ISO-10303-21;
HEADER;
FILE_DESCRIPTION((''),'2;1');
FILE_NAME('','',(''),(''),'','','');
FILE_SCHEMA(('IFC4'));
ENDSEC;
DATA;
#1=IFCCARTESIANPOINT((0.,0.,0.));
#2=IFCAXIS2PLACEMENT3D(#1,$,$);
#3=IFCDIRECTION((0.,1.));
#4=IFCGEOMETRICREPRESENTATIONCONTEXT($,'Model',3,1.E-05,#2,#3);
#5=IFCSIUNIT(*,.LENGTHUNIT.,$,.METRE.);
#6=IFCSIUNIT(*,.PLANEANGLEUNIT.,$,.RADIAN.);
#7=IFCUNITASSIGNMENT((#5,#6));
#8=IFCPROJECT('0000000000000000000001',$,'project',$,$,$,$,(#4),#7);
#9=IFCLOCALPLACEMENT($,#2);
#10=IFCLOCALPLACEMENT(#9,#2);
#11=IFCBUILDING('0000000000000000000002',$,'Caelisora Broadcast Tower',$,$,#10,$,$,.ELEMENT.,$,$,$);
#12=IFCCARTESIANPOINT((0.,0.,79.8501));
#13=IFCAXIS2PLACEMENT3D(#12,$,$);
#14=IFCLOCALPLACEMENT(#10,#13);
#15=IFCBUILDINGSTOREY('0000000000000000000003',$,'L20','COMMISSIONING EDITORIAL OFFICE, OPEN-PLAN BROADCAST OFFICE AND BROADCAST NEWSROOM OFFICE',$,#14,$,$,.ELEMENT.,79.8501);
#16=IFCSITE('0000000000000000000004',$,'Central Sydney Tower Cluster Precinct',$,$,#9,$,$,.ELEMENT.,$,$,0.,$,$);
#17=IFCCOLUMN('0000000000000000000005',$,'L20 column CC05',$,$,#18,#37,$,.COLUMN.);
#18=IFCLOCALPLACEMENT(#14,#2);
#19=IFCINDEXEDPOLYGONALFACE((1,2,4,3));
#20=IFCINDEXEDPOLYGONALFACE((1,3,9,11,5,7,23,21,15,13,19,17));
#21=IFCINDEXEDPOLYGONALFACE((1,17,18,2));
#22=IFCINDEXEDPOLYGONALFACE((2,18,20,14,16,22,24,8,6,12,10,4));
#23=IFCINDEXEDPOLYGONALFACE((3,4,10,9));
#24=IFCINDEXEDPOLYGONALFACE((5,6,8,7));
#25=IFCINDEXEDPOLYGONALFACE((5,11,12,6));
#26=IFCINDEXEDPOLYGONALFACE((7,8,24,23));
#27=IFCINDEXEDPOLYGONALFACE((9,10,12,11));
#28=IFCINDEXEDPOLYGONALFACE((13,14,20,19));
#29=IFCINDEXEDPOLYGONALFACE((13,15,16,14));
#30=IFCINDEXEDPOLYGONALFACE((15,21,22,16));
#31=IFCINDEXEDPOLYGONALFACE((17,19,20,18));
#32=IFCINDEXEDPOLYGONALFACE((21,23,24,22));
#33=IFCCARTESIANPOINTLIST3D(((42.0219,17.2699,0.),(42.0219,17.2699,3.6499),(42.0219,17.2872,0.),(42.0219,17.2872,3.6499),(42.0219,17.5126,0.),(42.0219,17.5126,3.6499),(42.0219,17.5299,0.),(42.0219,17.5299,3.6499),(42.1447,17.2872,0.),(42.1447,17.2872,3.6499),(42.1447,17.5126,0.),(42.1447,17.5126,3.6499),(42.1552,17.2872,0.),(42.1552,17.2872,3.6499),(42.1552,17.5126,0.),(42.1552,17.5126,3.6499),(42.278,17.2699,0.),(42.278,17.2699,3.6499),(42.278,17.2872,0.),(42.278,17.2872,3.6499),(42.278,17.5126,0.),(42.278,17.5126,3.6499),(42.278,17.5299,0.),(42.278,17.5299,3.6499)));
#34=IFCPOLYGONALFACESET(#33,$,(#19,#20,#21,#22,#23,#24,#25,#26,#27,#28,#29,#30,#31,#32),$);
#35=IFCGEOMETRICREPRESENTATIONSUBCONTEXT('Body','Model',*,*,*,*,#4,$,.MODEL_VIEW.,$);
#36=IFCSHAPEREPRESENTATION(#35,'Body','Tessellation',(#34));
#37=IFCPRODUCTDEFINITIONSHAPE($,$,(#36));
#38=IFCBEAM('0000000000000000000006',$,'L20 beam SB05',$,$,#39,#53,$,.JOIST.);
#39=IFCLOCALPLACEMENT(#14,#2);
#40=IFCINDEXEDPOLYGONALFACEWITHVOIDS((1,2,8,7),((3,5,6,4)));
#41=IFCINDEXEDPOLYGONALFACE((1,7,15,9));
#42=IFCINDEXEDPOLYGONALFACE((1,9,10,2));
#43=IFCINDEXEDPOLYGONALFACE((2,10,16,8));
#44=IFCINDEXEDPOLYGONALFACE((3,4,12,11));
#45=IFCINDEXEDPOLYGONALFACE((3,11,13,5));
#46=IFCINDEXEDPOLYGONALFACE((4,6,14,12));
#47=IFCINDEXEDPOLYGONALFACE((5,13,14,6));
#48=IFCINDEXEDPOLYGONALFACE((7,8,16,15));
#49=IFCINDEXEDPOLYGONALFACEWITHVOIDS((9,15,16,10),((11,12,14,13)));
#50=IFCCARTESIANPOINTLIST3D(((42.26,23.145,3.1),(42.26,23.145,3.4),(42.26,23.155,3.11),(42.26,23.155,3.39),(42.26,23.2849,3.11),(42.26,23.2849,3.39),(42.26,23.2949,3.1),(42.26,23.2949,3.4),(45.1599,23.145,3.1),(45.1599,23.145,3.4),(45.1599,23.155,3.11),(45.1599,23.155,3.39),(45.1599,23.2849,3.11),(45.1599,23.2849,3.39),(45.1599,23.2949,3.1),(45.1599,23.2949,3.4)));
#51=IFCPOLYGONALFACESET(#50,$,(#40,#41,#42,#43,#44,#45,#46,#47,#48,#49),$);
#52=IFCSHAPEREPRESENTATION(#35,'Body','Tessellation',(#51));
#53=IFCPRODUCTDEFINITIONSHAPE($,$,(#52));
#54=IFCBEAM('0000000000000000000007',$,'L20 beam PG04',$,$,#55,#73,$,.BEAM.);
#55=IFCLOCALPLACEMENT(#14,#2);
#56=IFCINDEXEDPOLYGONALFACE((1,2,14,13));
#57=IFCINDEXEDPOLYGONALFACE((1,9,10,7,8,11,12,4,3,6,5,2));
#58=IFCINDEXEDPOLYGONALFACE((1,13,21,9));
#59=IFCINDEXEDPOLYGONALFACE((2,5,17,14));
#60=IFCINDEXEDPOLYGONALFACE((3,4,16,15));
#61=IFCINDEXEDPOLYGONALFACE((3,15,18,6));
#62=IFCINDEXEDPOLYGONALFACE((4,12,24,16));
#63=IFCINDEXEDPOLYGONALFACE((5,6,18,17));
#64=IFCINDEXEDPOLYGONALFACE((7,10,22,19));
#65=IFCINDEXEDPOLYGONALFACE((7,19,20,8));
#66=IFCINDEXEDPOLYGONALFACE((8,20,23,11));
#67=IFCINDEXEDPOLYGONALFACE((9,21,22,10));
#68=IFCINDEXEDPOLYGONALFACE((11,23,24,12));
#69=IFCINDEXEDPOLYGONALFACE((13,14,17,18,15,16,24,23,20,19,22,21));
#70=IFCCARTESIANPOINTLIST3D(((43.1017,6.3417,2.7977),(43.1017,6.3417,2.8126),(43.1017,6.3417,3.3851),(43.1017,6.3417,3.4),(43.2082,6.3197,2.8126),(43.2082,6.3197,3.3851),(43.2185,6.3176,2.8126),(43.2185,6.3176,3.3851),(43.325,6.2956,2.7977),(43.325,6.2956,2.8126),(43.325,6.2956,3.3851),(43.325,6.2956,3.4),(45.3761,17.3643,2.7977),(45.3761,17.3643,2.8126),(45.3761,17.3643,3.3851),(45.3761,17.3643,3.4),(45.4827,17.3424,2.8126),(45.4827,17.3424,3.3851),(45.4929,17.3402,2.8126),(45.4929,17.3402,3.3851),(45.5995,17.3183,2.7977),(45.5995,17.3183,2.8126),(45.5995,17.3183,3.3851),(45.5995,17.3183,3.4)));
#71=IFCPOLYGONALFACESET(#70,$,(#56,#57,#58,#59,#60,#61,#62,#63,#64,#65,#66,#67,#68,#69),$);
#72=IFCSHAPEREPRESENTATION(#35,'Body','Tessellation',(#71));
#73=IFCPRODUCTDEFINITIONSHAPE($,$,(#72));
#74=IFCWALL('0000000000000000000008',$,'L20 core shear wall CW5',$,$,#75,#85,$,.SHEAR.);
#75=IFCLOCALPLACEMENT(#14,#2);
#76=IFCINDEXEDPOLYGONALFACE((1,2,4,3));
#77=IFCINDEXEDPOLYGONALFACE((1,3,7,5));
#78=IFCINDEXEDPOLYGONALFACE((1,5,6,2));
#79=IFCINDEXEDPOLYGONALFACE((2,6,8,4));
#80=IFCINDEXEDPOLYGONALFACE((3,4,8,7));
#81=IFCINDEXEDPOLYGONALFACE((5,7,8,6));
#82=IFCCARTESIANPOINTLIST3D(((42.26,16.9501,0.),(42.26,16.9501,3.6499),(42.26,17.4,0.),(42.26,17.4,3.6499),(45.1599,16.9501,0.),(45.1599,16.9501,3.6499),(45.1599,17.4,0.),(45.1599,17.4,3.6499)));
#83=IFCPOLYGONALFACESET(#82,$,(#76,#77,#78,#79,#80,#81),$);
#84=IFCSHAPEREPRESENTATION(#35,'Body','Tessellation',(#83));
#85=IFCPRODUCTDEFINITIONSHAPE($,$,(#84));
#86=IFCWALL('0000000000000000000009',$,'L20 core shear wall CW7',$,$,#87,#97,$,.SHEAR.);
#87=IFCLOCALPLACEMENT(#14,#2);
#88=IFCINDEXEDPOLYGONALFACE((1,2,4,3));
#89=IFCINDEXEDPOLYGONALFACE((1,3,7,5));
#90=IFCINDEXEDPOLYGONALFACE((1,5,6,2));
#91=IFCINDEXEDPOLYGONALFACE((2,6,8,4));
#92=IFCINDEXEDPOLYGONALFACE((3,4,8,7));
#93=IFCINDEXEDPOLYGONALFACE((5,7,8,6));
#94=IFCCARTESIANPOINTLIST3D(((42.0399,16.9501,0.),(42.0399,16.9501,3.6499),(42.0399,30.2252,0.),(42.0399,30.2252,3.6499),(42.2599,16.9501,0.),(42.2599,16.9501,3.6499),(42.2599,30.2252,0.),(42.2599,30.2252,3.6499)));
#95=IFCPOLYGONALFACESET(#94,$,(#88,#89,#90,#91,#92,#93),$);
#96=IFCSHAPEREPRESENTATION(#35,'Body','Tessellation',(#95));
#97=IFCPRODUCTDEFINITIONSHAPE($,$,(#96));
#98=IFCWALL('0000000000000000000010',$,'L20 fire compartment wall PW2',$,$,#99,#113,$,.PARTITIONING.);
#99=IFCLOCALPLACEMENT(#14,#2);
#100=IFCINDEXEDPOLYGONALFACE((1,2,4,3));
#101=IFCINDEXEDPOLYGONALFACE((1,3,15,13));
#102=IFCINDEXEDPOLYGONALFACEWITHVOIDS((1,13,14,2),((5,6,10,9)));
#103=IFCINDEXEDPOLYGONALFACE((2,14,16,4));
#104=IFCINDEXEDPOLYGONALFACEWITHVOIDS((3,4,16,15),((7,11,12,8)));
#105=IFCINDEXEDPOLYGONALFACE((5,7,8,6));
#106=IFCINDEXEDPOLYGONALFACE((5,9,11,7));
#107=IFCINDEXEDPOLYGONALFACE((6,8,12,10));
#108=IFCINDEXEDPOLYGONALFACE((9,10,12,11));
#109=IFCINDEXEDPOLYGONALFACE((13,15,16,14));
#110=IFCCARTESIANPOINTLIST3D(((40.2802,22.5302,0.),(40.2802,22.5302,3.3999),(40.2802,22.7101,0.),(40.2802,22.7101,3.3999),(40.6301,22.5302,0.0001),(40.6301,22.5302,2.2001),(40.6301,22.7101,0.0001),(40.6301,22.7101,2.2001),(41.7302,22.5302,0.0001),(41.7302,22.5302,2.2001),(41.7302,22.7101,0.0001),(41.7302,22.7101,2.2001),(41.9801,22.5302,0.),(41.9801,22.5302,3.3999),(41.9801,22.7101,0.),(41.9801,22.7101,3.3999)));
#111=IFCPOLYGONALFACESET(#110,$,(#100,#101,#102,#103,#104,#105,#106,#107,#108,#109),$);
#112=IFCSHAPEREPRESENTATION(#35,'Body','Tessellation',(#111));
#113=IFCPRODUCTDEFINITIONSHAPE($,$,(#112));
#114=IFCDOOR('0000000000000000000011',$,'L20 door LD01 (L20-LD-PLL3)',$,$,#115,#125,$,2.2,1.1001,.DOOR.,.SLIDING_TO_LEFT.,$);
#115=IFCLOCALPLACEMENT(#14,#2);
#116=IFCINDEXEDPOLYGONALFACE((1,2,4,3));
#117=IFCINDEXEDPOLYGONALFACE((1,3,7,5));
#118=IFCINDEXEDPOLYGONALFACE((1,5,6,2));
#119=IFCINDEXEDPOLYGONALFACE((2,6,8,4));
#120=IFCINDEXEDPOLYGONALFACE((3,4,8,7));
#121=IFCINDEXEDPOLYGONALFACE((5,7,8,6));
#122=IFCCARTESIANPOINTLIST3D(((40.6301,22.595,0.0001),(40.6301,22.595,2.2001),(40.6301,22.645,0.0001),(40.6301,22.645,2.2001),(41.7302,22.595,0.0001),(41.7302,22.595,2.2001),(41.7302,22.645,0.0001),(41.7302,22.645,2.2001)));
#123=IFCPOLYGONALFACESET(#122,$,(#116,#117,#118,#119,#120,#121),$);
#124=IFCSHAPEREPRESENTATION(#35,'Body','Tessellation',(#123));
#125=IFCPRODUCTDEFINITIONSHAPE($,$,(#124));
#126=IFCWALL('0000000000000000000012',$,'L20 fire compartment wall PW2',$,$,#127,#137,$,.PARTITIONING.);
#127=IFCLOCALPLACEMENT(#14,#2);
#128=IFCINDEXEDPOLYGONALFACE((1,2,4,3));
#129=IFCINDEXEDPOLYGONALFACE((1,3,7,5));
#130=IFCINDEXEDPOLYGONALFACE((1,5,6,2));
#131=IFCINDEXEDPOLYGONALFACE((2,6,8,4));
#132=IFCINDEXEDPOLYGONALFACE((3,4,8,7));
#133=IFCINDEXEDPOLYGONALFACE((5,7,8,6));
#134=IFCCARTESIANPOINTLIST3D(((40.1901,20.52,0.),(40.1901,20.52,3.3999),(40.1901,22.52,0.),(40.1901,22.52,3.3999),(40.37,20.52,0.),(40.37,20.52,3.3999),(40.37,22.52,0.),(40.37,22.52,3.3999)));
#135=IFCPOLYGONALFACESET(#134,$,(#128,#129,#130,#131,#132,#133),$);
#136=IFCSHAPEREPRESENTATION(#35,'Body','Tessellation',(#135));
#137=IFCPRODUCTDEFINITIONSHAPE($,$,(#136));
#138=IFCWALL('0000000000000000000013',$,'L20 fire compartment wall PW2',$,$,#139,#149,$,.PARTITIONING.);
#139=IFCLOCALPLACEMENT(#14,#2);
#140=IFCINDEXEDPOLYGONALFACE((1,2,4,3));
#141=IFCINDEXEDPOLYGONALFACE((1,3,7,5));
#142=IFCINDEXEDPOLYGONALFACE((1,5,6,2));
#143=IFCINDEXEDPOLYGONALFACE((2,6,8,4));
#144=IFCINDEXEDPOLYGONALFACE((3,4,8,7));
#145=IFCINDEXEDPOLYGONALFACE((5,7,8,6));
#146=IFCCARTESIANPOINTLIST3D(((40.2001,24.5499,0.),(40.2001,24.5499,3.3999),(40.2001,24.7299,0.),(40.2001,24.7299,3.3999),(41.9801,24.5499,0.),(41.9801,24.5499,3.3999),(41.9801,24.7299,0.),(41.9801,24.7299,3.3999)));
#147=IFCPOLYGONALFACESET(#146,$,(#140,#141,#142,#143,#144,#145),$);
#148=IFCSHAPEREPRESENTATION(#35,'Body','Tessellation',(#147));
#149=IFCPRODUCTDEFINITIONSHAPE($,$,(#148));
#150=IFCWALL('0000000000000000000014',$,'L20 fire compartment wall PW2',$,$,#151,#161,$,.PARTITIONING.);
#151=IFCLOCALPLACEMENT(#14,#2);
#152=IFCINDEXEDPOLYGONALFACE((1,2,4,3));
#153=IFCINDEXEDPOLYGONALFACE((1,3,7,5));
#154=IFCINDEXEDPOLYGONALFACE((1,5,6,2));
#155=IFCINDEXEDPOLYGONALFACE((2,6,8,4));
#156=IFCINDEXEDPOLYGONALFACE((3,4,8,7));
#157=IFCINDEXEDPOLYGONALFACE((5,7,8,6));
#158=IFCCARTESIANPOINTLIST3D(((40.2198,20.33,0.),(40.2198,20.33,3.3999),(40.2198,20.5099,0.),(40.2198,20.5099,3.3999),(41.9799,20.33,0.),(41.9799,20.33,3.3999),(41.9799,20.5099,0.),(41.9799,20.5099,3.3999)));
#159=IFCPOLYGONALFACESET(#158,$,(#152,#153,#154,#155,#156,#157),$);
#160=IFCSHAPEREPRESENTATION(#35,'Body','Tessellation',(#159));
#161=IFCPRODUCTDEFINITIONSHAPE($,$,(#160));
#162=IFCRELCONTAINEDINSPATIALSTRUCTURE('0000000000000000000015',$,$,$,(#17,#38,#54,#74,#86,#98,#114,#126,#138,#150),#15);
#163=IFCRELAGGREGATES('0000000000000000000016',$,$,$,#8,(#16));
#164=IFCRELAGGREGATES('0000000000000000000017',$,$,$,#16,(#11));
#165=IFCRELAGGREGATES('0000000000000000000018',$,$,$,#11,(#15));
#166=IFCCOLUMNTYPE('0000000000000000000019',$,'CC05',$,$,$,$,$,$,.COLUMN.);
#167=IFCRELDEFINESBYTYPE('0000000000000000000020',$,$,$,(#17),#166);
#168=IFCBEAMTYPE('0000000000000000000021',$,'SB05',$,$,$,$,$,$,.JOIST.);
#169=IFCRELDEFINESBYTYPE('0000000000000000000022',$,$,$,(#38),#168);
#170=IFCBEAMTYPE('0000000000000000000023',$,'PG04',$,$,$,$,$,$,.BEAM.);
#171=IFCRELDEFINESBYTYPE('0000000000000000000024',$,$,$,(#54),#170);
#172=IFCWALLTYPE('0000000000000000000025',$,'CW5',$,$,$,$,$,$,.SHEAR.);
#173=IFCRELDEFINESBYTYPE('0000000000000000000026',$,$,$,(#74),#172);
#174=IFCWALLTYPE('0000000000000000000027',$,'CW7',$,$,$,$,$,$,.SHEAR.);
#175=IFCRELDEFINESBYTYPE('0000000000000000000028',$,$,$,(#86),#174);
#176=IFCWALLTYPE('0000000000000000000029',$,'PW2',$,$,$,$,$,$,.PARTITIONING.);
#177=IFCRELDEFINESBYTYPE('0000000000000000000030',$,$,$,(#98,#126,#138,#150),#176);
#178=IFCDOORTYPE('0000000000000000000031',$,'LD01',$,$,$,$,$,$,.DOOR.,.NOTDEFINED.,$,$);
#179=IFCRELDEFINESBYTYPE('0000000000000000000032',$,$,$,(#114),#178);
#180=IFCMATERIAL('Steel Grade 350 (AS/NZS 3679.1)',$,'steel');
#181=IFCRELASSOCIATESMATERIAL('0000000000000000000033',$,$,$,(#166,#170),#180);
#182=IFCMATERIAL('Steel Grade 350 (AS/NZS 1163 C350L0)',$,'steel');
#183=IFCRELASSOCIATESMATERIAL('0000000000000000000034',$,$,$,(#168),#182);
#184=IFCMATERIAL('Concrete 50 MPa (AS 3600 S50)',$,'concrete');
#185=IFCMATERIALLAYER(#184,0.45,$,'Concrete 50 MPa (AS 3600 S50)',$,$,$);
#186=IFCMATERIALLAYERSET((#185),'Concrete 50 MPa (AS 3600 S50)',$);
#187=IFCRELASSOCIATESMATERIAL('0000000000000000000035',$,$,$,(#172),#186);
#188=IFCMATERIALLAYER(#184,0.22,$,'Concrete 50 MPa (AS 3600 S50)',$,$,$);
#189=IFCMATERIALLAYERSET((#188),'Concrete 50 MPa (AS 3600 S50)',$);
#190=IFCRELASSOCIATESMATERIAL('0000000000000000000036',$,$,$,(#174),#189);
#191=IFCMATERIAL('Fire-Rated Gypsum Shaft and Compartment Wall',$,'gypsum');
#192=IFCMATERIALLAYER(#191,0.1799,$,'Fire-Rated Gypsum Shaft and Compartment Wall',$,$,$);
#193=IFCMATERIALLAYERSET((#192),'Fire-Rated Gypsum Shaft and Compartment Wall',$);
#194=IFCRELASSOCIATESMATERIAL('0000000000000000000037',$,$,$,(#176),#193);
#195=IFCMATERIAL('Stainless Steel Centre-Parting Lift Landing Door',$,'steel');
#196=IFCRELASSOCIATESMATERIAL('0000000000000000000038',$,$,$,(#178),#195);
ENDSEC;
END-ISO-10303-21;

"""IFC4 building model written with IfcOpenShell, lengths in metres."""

from ifc_helpers import new_model, si_unit, direction, frame, frame_2d, origin, origin_2d, place, context, subcontext, project, spatial, rectangle, hollow_rectangle, i_section, extrude, source, transform, mapped, material, layer, layer_set, material_profile, profile_set, type_object, type_shapes, element, fill, save


model = new_model("IFC4")

# Units and contexts
model_context = context("Model", 3, precision=1e-05, world=origin(), true_north=direction((0.0, 1.0)))
body_context = subcontext(model_context, "Body", "Model", "MODEL_VIEW")
ifc_project = project(units=[si_unit("LENGTHUNIT", "METRE"), si_unit("PLANEANGLEUNIT", "RADIAN")], contexts=[model_context])

# Site, building, storey
site_placement = place(None, origin())
site = spatial("IfcSite", under=ifc_project, at=site_placement, Name="Central Sydney Tower Cluster Precinct", CompositionType="ELEMENT", RefElevation=0.0)
building_placement = place(site_placement, origin())
building = spatial("IfcBuilding", under=site, at=building_placement, Name="Caelisora Broadcast Tower", CompositionType="ELEMENT")
storey_placement = place(building_placement, frame((0.0, 0.0, 79.8501)))
storey = spatial("IfcBuildingStorey", under=building, at=storey_placement, Name="L20", Description="COMMISSIONING EDITORIAL OFFICE, OPEN-PLAN BROADCAST OFFICE AND BROADCAST NEWSROOM OFFICE", CompositionType="ELEMENT", Elevation=79.8501)

# Column
ifc_material_1 = material(Name="Steel Grade 350 (AS/NZS 3679.1)", Category="steel")
ifc_material_profile_1 = material_profile(ifc_material_1, i_section(OverallWidth=0.2561, OverallDepth=0.26, WebThickness=0.0105, FlangeThickness=0.0173, at=origin_2d()), Name="Steel Grade 350 (AS/NZS 3679.1)")
ifc_profile_set_1 = profile_set([ifc_material_profile_1], Name="Steel Grade 350 (AS/NZS 3679.1)")
column_type = type_object("IfcColumnType", Name="CC05", PredefinedType="COLUMN", material=ifc_profile_set_1)
shared_shape_1 = source(origin(), body_context, "Body", "SweptSolid", [
    extrude(i_section(OverallWidth=0.2561, OverallDepth=0.26, WebThickness=0.0105, FlangeThickness=0.0173, at=origin_2d()), origin(), (0.0, 0.0, 1.0), 3.6499),
])
type_shapes(column_type, [shared_shape_1])
column_placement = place(storey_placement, frame((42.1499, 17.3999, 0.0), z_axis=(0.0, 0.0, 1.0), x_axis=(1.0, 0.0, 0.0)))
element("IfcColumn", 1, at=column_placement, inside=storey, type_object=column_type, Name="L20 column CC05", PredefinedType="COLUMN", context=body_context, shape_type="MappedRepresentation", body=[
    mapped(shared_shape_1, transform((0.0, 0.0, 0.0), scale=1.0)),
])

# Beams
ifc_material_2 = material(Name="Steel Grade 350 (AS/NZS 1163 C350L0)", Category="steel")
ifc_material_profile_2 = material_profile(ifc_material_2, hollow_rectangle(XDim=0.1499, YDim=0.3, WallThickness=0.01, at=origin_2d()), Name="Steel Grade 350 (AS/NZS 1163 C350L0)")
ifc_profile_set_2 = profile_set([ifc_material_profile_2], Name="Steel Grade 350 (AS/NZS 1163 C350L0)")
beam_type_1 = type_object("IfcBeamType", Name="SB05", PredefinedType="JOIST", material=ifc_profile_set_2)
shared_shape_2 = source(origin(), body_context, "Body", "SweptSolid", [
    extrude(hollow_rectangle(XDim=0.1499, YDim=0.3, WallThickness=0.01, at=origin_2d()), origin(), (0.0, 0.0, 1.0), 2.8999),
])
type_shapes(beam_type_1, [shared_shape_2])
beam_1_placement = place(storey_placement, frame((42.26, 23.22, 3.25), z_axis=(1.0, 0.0, 0.0), x_axis=(0.0, 1.0, 0.0)))
element("IfcBeam", 2, at=beam_1_placement, inside=storey, type_object=beam_type_1, Name="L20 beam SB05", PredefinedType="JOIST", context=body_context, shape_type="MappedRepresentation", body=[
    mapped(shared_shape_2, transform((0.0, 0.0, 0.0), scale=1.0)),
])
ifc_material_profile_3 = material_profile(ifc_material_1, i_section(OverallWidth=0.228, OverallDepth=0.6023, WebThickness=0.0105, FlangeThickness=0.0149, at=origin_2d()), Name="Steel Grade 350 (AS/NZS 3679.1)")
ifc_profile_set_3 = profile_set([ifc_material_profile_3], Name="Steel Grade 350 (AS/NZS 3679.1)")
beam_type_2 = type_object("IfcBeamType", Name="PG04", PredefinedType="BEAM", material=ifc_profile_set_3)
shared_shape_3 = source(origin(), body_context, "Body", "SweptSolid", [
    extrude(i_section(OverallWidth=0.228, OverallDepth=0.6023, WebThickness=0.0105, FlangeThickness=0.0149, at=origin_2d()), origin(), (0.0, 0.0, 1.0), 11.2549),
])
type_shapes(beam_type_2, [shared_shape_3])
beam_2_placement = place(storey_placement, frame((45.4878, 17.3413, 3.0989), z_axis=(-0.202082, -0.979369, 0.0), x_axis=(0.979369, -0.202082, 0.0)))
element("IfcBeam", 3, at=beam_2_placement, inside=storey, type_object=beam_type_2, Name="L20 beam PG04", PredefinedType="BEAM", context=body_context, shape_type="MappedRepresentation", body=[
    mapped(shared_shape_3, transform((0.0, 0.0, 0.0), scale=1.0)),
])

# Shared definitions
ifc_material_3 = material(Name="Concrete 50 MPa (AS 3600 S50)", Category="concrete")

# Walls
ifc_layer_1 = layer(ifc_material_3, 0.45, Name="Concrete 50 MPa (AS 3600 S50)")
ifc_layer_set_1 = layer_set([ifc_layer_1], Name="Concrete 50 MPa (AS 3600 S50)")
wall_type_1 = type_object("IfcWallType", Name="CW5", PredefinedType="SHEAR", material=ifc_layer_set_1)
wall_1_placement = place(storey_placement, frame((42.26, 17.175, 0.0), z_axis=(0.0, 0.0, 1.0), x_axis=(1.0, 0.0, 0.0)))
element("IfcWall", 4, at=wall_1_placement, inside=storey, type_object=wall_type_1, Name="L20 core shear wall CW5", PredefinedType="SHEAR", context=body_context, shape_type="SweptSolid", body=[
    extrude(rectangle(XDim=2.8999, YDim=0.45, at=frame_2d((1.45, 0.0))), origin(), (0.0, 0.0, 1.0), 3.6499),
])
ifc_layer_2 = layer(ifc_material_3, 0.22, Name="Concrete 50 MPa (AS 3600 S50)")
ifc_layer_set_2 = layer_set([ifc_layer_2], Name="Concrete 50 MPa (AS 3600 S50)")
wall_type_2 = type_object("IfcWallType", Name="CW7", PredefinedType="SHEAR", material=ifc_layer_set_2)
wall_2_placement = place(storey_placement, frame((42.1499, 16.95, 0.0), z_axis=(0.0, 0.0, 1.0), x_axis=(0.0, 1.0, 0.0)))
element("IfcWall", 5, at=wall_2_placement, inside=storey, type_object=wall_type_2, Name="L20 core shear wall CW7", PredefinedType="SHEAR", context=body_context, shape_type="SweptSolid", body=[
    extrude(rectangle(XDim=13.2751, YDim=0.22, at=frame_2d((6.6377, 0.0))), origin(), (0.0, 0.0, 1.0), 3.6499),
])

# Wall, opening, door
ifc_material_4 = material(Name="Fire-Rated Gypsum Shaft and Compartment Wall", Category="gypsum")
ifc_layer_3 = layer(ifc_material_4, 0.1799, Name="Fire-Rated Gypsum Shaft and Compartment Wall")
ifc_layer_set_3 = layer_set([ifc_layer_3], Name="Fire-Rated Gypsum Shaft and Compartment Wall")
wall_type_3 = type_object("IfcWallType", Name="PW2", PredefinedType="PARTITIONING", material=ifc_layer_set_3)
wall_3_placement = place(storey_placement, frame((40.28, 22.6201, 0.0), z_axis=(0.0, 0.0, 1.0), x_axis=(1.0, 0.0, 0.0)))
wall_3 = element("IfcWall", 6, at=wall_3_placement, inside=storey, type_object=wall_type_3, Name="L20 fire compartment wall PW2", PredefinedType="PARTITIONING", context=body_context, shape_type="SweptSolid", body=[
    extrude(rectangle(XDim=1.7, YDim=0.1799, at=frame_2d((0.8501, 0.0))), origin(), (0.0, 0.0, 1.0), 3.3999),
])
opening_1_placement = place(wall_3_placement, frame((0.3501, 0.0, 0.0)))
opening_1 = element("IfcOpeningElement", 7, at=opening_1_placement, cuts=wall_3, PredefinedType="OPENING", context=body_context, shape_type="SweptSolid", body=[
    extrude(rectangle(XDim=1.1001, YDim=2.2, at=frame_2d((0.55, 1.1001))), frame((0.0, 0.1021, 0.0), z_axis=(0.0, -1.0, 0.0), x_axis=(1.0, 0.0, 0.0)), (0.0, 0.0, 1.0), 0.2039),
])
ifc_material_5 = material(Name="Stainless Steel Centre-Parting Lift Landing Door", Category="steel")
door_type_1 = type_object("IfcDoorType", Name="LD01", OperationType="NOTDEFINED", PredefinedType="DOOR", material=ifc_material_5)
door_1_placement = place(opening_1_placement, origin())
door_1 = element("IfcDoor", 8, at=door_1_placement, inside=storey, type_object=door_type_1, Name="L20 door LD01 (L20-LD-PLL3)", OperationType="SLIDING_TO_LEFT", OverallHeight=2.2, OverallWidth=1.1001, PredefinedType="DOOR", context=body_context, shape_type="SweptSolid", body=[
    extrude(rectangle(XDim=1.1001, YDim=2.2, at=frame_2d((0.55, 1.1001))), frame((0.0, 0.0249, 0.0), z_axis=(0.0, -1.0, 0.0), x_axis=(1.0, 0.0, 0.0)), (0.0, 0.0, 1.0), 0.05),
])
fill(opening_1, door_1)

# Walls
wall_4_placement = place(storey_placement, frame((40.28, 20.52, 0.0), z_axis=(0.0, 0.0, 1.0), x_axis=(0.0, 1.0, 0.0)))
element("IfcWall", 9, at=wall_4_placement, inside=storey, type_object=wall_type_3, Name="L20 fire compartment wall PW2", PredefinedType="PARTITIONING", context=body_context, shape_type="SweptSolid", body=[
    extrude(rectangle(XDim=2.0, YDim=0.1799, at=frame_2d((1.0, 0.0))), origin(), (0.0, 0.0, 1.0), 3.3999),
])
wall_5_placement = place(storey_placement, frame((40.2, 24.6399, 0.0), z_axis=(0.0, 0.0, 1.0), x_axis=(1.0, 0.0, 0.0)))
element("IfcWall", 10, at=wall_5_placement, inside=storey, type_object=wall_type_3, Name="L20 fire compartment wall PW2", PredefinedType="PARTITIONING", context=body_context, shape_type="SweptSolid", body=[
    extrude(rectangle(XDim=1.78, YDim=0.1799, at=frame_2d((0.8901, 0.0))), origin(), (0.0, 0.0, 1.0), 3.3999),
])
wall_6_placement = place(storey_placement, frame((40.22, 20.4199, 0.0), z_axis=(0.0, 0.0, 1.0), x_axis=(1.0, 0.0, 0.0)))
element("IfcWall", 11, at=wall_6_placement, inside=storey, type_object=wall_type_3, Name="L20 fire compartment wall PW2", PredefinedType="PARTITIONING", context=body_context, shape_type="SweptSolid", body=[
    extrude(rectangle(XDim=1.76, YDim=0.1799, at=frame_2d((0.8799, 0.0))), origin(), (0.0, 0.0, 1.0), 3.3999),
])

save(model, "model.ifc")
